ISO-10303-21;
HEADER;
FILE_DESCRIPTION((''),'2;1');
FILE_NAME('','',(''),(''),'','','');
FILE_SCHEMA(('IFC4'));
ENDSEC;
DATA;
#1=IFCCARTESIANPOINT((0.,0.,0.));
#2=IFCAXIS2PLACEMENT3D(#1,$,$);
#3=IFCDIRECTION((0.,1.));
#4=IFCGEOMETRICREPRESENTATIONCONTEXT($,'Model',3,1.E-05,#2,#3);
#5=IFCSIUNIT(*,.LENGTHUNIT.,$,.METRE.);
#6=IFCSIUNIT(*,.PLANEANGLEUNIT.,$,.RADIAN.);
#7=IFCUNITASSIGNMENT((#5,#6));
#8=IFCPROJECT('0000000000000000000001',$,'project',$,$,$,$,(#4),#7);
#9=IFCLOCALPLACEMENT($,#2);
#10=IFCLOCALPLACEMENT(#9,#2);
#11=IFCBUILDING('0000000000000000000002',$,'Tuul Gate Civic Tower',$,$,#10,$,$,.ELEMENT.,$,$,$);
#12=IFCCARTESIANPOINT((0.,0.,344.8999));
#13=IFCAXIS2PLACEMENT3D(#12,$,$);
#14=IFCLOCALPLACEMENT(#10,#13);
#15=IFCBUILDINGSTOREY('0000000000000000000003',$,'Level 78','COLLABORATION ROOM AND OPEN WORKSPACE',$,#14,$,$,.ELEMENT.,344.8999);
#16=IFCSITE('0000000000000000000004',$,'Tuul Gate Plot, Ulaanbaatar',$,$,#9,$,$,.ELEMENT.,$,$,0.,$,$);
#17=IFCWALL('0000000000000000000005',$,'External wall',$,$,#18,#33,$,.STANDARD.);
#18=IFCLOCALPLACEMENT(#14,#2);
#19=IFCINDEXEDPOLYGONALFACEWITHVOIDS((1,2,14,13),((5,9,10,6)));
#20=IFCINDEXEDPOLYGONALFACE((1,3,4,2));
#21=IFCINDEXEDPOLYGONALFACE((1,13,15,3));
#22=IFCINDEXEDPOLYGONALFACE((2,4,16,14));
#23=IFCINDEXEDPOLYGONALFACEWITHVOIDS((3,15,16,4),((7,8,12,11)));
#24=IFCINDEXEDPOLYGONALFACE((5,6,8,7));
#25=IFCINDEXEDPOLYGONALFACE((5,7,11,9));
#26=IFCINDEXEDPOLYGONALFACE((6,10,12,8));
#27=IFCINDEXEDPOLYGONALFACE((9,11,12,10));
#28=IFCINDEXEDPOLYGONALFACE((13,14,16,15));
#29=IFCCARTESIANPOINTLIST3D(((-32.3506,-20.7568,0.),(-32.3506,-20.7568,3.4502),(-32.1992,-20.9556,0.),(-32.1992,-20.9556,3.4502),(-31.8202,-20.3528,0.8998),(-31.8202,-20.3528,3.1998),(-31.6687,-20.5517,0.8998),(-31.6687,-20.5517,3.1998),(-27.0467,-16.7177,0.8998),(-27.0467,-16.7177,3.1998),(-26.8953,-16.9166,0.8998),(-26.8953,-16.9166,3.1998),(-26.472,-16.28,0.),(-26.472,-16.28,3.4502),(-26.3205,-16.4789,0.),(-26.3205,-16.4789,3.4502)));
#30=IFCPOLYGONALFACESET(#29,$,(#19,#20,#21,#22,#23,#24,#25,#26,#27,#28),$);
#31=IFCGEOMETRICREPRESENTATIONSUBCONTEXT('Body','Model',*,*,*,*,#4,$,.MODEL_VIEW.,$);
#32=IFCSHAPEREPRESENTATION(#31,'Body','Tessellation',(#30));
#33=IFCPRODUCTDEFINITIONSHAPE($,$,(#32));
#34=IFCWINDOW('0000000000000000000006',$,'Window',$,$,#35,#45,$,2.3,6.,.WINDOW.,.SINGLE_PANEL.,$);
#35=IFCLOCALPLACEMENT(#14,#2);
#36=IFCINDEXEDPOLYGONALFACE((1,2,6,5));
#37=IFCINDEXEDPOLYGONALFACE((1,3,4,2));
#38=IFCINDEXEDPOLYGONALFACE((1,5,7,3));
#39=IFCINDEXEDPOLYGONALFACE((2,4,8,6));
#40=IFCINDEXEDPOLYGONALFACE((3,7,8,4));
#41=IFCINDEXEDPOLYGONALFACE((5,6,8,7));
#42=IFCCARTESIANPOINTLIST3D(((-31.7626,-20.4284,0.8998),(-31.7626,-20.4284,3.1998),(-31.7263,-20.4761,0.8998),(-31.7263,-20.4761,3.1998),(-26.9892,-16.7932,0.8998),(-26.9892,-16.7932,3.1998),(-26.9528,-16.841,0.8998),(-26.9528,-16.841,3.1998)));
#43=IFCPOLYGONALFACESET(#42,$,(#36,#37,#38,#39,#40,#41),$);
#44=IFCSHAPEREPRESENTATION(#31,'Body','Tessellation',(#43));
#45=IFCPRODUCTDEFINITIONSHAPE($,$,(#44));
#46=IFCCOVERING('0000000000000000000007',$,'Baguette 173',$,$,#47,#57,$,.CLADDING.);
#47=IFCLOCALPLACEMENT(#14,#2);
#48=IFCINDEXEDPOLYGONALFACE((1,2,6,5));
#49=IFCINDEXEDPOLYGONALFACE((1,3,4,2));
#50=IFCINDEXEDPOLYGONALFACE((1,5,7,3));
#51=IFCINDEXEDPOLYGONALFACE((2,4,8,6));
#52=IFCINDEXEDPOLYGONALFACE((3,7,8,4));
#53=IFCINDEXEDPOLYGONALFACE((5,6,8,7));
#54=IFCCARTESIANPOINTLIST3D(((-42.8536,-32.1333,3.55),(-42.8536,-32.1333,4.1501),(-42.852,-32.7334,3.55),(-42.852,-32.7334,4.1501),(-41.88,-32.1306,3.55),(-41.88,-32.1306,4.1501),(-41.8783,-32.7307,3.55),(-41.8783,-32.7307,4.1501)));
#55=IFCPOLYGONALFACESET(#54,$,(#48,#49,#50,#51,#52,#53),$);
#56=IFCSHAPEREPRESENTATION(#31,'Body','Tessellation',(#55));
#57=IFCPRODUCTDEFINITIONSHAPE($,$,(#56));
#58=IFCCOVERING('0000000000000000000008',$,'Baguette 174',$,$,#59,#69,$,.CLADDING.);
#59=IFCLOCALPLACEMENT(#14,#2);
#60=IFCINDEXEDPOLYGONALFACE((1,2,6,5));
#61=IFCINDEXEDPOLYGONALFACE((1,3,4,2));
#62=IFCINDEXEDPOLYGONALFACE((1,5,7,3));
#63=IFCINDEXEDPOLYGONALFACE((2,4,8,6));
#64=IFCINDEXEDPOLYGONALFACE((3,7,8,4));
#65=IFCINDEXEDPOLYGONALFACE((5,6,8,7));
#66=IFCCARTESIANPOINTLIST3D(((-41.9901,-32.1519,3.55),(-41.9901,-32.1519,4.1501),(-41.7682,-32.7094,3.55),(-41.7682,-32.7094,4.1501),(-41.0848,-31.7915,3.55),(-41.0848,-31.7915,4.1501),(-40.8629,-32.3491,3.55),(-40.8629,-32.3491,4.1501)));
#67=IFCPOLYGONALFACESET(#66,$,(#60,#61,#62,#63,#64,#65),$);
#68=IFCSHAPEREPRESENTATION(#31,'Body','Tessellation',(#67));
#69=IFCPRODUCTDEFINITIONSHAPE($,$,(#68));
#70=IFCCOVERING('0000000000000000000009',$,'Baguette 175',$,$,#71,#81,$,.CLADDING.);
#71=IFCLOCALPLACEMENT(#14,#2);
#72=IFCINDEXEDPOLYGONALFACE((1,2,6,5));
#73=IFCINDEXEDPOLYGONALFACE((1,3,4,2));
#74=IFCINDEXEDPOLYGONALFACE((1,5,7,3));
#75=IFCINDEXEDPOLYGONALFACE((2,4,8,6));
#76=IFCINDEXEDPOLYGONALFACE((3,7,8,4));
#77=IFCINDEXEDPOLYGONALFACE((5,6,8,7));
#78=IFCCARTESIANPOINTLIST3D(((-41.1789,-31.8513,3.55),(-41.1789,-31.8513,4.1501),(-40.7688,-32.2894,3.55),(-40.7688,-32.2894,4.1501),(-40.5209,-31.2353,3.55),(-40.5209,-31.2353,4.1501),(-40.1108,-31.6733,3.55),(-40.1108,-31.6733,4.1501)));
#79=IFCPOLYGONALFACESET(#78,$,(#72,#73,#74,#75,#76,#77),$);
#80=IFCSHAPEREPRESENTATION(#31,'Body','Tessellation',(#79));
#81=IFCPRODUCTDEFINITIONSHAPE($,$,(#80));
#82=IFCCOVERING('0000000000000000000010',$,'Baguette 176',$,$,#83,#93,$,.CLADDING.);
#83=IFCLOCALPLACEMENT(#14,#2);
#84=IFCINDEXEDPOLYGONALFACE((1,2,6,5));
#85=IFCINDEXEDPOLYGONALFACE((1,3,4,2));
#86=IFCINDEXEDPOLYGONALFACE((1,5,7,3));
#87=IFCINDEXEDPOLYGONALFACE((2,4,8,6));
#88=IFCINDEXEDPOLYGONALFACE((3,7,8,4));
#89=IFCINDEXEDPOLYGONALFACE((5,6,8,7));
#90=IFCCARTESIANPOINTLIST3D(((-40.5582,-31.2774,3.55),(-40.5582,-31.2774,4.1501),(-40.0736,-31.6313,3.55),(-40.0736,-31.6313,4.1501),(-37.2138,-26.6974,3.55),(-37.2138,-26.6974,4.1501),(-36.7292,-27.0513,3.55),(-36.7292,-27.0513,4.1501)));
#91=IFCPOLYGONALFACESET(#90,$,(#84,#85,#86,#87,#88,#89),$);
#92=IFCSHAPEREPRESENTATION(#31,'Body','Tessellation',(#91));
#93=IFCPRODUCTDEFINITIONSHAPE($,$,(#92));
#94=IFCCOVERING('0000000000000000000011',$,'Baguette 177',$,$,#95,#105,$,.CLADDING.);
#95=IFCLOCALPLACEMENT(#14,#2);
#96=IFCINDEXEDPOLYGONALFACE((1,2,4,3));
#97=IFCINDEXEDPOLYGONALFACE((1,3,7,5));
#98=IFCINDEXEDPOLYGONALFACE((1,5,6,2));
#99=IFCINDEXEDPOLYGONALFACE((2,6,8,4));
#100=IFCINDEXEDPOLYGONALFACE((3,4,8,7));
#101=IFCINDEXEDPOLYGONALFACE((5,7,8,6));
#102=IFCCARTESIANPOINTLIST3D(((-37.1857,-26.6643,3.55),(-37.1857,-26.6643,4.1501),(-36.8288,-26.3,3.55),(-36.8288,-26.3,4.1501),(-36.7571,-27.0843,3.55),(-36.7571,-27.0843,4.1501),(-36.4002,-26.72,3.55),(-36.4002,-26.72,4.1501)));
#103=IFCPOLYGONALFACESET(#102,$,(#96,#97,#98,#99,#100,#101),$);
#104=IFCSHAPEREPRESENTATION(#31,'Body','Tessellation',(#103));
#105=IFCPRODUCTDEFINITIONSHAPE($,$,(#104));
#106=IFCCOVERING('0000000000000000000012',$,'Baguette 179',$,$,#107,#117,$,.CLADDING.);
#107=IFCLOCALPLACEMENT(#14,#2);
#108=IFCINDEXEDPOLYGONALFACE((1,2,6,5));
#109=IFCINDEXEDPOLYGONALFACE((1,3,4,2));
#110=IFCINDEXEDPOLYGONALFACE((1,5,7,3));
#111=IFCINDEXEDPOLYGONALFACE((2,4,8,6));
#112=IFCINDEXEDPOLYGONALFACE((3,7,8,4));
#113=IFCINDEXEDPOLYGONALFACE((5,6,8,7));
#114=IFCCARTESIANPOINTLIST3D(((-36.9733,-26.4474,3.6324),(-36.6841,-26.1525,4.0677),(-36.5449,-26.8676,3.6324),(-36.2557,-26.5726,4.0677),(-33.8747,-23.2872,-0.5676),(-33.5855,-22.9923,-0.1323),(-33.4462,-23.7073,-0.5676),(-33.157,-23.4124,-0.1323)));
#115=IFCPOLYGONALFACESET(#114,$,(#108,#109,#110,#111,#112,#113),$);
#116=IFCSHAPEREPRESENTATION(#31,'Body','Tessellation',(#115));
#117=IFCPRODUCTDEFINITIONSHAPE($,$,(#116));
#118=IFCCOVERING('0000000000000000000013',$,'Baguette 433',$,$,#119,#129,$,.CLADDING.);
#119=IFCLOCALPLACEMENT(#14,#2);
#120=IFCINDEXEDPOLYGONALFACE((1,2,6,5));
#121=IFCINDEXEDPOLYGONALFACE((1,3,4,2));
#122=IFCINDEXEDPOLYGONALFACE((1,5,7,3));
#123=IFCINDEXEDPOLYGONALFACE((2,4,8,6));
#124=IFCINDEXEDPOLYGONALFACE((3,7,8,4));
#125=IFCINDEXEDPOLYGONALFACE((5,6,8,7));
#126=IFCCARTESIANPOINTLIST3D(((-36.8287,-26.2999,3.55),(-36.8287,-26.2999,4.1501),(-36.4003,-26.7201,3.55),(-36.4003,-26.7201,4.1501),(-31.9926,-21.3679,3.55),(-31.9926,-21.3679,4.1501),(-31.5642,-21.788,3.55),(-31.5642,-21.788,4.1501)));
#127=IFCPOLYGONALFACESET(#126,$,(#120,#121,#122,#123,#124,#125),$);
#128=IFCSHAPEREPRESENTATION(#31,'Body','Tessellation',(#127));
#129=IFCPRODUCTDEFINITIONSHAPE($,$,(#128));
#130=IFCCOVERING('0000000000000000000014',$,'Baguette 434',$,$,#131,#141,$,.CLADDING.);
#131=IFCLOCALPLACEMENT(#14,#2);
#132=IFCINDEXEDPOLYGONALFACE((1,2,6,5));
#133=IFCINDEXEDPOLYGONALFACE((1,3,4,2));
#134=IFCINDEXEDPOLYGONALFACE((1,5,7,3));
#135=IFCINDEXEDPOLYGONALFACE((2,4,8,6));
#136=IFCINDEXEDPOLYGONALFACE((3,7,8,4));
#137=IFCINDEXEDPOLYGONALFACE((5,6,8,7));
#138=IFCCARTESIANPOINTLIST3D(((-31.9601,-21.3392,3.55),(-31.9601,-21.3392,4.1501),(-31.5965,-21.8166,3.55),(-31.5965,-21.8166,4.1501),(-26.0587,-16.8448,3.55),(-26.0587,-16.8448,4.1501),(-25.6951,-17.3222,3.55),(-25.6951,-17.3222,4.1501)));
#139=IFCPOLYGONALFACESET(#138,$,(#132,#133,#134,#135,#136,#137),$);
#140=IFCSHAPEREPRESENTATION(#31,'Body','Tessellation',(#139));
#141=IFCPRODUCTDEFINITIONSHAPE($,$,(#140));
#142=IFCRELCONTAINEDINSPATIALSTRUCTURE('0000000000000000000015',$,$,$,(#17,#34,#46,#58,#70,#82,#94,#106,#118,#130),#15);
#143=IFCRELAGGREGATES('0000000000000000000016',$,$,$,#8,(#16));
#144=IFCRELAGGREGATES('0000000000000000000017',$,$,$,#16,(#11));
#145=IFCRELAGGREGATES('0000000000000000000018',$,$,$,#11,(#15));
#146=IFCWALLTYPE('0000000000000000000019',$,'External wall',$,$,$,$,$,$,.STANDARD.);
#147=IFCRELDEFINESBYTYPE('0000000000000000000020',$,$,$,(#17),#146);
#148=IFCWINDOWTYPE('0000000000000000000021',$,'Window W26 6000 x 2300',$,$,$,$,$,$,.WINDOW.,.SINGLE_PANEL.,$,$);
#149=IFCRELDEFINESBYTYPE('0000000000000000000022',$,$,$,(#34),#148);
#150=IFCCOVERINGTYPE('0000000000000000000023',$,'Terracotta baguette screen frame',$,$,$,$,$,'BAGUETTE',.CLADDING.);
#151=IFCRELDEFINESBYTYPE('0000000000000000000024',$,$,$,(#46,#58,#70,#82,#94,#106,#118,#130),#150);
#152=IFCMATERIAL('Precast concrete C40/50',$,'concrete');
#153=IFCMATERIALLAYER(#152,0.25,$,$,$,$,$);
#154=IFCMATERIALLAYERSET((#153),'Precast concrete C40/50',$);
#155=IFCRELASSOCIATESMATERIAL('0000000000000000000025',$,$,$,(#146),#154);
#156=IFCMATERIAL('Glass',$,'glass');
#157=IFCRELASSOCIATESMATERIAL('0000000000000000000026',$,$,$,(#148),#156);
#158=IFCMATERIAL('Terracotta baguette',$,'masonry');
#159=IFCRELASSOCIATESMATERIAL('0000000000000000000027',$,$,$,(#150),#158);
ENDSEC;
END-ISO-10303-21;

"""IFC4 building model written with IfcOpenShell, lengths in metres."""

from ifc_helpers import new_model, si_unit, direction, frame, frame_2d, origin, origin_2d, place, context, subcontext, project, spatial, rectangle, extrude, material, layer, layer_set, material_profile, profile_set, type_object, element, fill, save


model = new_model("IFC4")

# Units and contexts
model_context = context("Model", 3, precision=1e-05, world=origin(), true_north=direction((0.0, 1.0)))
body_context = subcontext(model_context, "Body", "Model", "MODEL_VIEW")
ifc_project = project(units=[si_unit("LENGTHUNIT", "METRE"), si_unit("PLANEANGLEUNIT", "RADIAN")], contexts=[model_context])

# Site, building, storey
site_placement = place(None, origin())
site = spatial("IfcSite", under=ifc_project, at=site_placement, Name="Tuul Gate Plot, Ulaanbaatar", CompositionType="ELEMENT", RefElevation=0.0)
building_placement = place(site_placement, origin())
building = spatial("IfcBuilding", under=site, at=building_placement, Name="Tuul Gate Civic Tower", CompositionType="ELEMENT")
storey_placement = place(building_placement, frame((0.0, 0.0, 344.8999)))
storey = spatial("IfcBuildingStorey", under=building, at=storey_placement, Name="Level 78", Description="COLLABORATION ROOM AND OPEN WORKSPACE", CompositionType="ELEMENT", Elevation=344.8999)

# Wall, opening, window
ifc_material_1 = material(Name="Precast concrete C40/50", Category="concrete")
ifc_layer_1 = layer(ifc_material_1, 0.25)
ifc_layer_set_1 = layer_set([ifc_layer_1], Name="Precast concrete C40/50")
wall_type_1 = type_object("IfcWallType", Name="External wall", PredefinedType="STANDARD", material=ifc_layer_set_1)
ifc_material_2 = material(Name="Glass", Category="glass")
window_type_1 = type_object("IfcWindowType", Name="Window W26 6000 x 2300", PartitioningType="SINGLE_PANEL", PredefinedType="WINDOW", material=ifc_material_2)
wall_1_placement = place(storey_placement, frame((-32.2749, -20.8562, 0.0), z_axis=(0.0, 0.0, 1.0), x_axis=(0.795574, 0.605857, 0.0)))
wall_1 = element("IfcWall", 1, at=wall_1_placement, inside=storey, type_object=wall_type_1, Name="External wall", PredefinedType="STANDARD", context=body_context, shape_type="SweptSolid", body=[
    extrude(rectangle(XDim=7.3892, YDim=0.25, at=frame_2d((3.6946, 0.0))), origin(), (0.0, 0.0, 1.0), 3.4502),
])
opening_1_placement = place(wall_1_placement, frame((0.6667, 0.0, 0.8999)))
opening_1 = element("IfcOpeningElement", 2, at=opening_1_placement, cuts=wall_1, PredefinedType="OPENING", context=body_context, shape_type="SweptSolid", body=[
    extrude(rectangle(XDim=6.0, YDim=2.3, at=frame_2d((3.0, 1.1499))), frame((0.0, 0.135, 0.0), z_axis=(0.0, -1.0, 0.0), x_axis=(1.0, 0.0, 0.0)), (0.0, 0.0, 1.0), 0.27),
])
window_1_placement = place(opening_1_placement, origin())
window_1 = element("IfcWindow", 3, at=window_1_placement, inside=storey, type_object=window_type_1, Name="Window", OverallHeight=2.3, OverallWidth=6.0, PartitioningType="SINGLE_PANEL", PredefinedType="WINDOW", context=body_context, shape_type="SweptSolid", body=[
    extrude(rectangle(XDim=6.0, YDim=2.3, at=frame_2d((3.0, 1.1499))), frame((0.0, 0.03, 0.0), z_axis=(0.0, -1.0, 0.0), x_axis=(1.0, 0.0, 0.0)), (0.0, 0.0, 1.0), 0.0601),
])
fill(opening_1, window_1)

# Coverings
ifc_material_3 = material(Name="Terracotta baguette", Category="masonry")
ifc_material_profile_1 = material_profile(ifc_material_3, rectangle(XDim=0.6001, YDim=0.6001, at=origin_2d()), Name="Terracotta baguette screen frame")
ifc_profile_set_1 = profile_set([ifc_material_profile_1], Name="Terracotta baguette")
covering_type = type_object("IfcCoveringType", Name="Terracotta baguette screen frame", ElementType="BAGUETTE", PredefinedType="CLADDING", material=ifc_profile_set_1)
covering_1_placement = place(storey_placement, frame((-42.8528, -32.4333, 3.8501), z_axis=(0.999996, 0.002758, 0.0), x_axis=(-0.002758, 0.999996, 0.0)))
element("IfcCovering", 4, at=covering_1_placement, inside=storey, type_object=covering_type, Name="Baguette 173", PredefinedType="CLADDING", context=body_context, shape_type="SweptSolid", body=[
    extrude(rectangle(XDim=0.6001, YDim=0.6001, at=origin_2d()), origin(), (0.0, 0.0, 1.0), 0.9736),
])
covering_2_placement = place(storey_placement, frame((-41.8792, -32.4307, 3.8501), z_axis=(0.929097, 0.369835, 0.0), x_axis=(-0.369835, 0.929097, 0.0)))
element("IfcCovering", 5, at=covering_2_placement, inside=storey, type_object=covering_type, Name="Baguette 174", PredefinedType="CLADDING", context=body_context, shape_type="SweptSolid", body=[
    extrude(rectangle(XDim=0.6001, YDim=0.6001, at=origin_2d()), origin(), (0.0, 0.0, 1.0), 0.9744),
])
covering_3_placement = place(storey_placement, frame((-40.9739, -32.0703, 3.8501), z_axis=(0.730019, 0.683427, 0.0), x_axis=(-0.683427, 0.730019, 0.0)))
element("IfcCovering", 6, at=covering_3_placement, inside=storey, type_object=covering_type, Name="Baguette 175", PredefinedType="CLADDING", context=body_context, shape_type="SweptSolid", body=[
    extrude(rectangle(XDim=0.6001, YDim=0.6001, at=origin_2d()), origin(), (0.0, 0.0, 1.0), 0.9014),
])
covering_4_placement = place(storey_placement, frame((-40.3159, -31.4543, 3.8501), z_axis=(0.589729, 0.807601, 0.0), x_axis=(-0.807601, 0.589729, 0.0)))
element("IfcCovering", 7, at=covering_4_placement, inside=storey, type_object=covering_type, Name="Baguette 176", PredefinedType="CLADDING", context=body_context, shape_type="SweptSolid", body=[
    extrude(rectangle(XDim=0.6001, YDim=0.6001, at=origin_2d()), origin(), (0.0, 0.0, 1.0), 5.6711),
])
covering_5_placement = place(storey_placement, frame((-36.9714, -26.8743, 3.8501), z_axis=(0.69989, 0.714251, 0.0), x_axis=(-0.714251, 0.69989, 0.0)))
element("IfcCovering", 8, at=covering_5_placement, inside=storey, type_object=covering_type, Name="Baguette 177", PredefinedType="CLADDING", context=body_context, shape_type="SweptSolid", body=[
    extrude(rectangle(XDim=0.6001, YDim=0.6001, at=origin_2d()), origin(), (0.0, 0.0, 1.0), 0.51),
])
covering_6_placement = place(storey_placement, frame((-36.6145, -26.51, 3.8501), z_axis=(0.507852, 0.517935, -0.688353), x_axis=(-0.714023, 0.700122, 0.0)))
element("IfcCovering", 9, at=covering_6_placement, inside=storey, type_object=covering_type, Name="Baguette 179", PredefinedType="CLADDING", context=body_context, shape_type="SweptSolid", body=[
    extrude(rectangle(XDim=0.6001, YDim=0.6001, at=origin_2d()), origin(), (0.0, 0.0, 1.0), 6.1016),
])
covering_7_placement = place(storey_placement, frame((-36.6145, -26.51, 3.8501), z_axis=(0.700128, 0.714018, 0.0), x_axis=(-0.714018, 0.700128, 0.0)))
element("IfcCovering", 10, at=covering_7_placement, inside=storey, type_object=covering_type, Name="Baguette 433", PredefinedType="CLADDING", context=body_context, shape_type="SweptSolid", body=[
    extrude(rectangle(XDim=0.6001, YDim=0.6001, at=origin_2d()), origin(), (0.0, 0.0, 1.0), 6.9075),
])
covering_8_placement = place(storey_placement, frame((-31.7783, -21.5779, 3.8501), z_axis=(0.795555, 0.605882, 0.0), x_axis=(-0.605882, 0.795555, 0.0)))
element("IfcCovering", 11, at=covering_8_placement, inside=storey, type_object=covering_type, Name="Baguette 434", PredefinedType="CLADDING", context=body_context, shape_type="SweptSolid", body=[
    extrude(rectangle(XDim=0.6001, YDim=0.6001, at=origin_2d()), origin(), (0.0, 0.0, 1.0), 7.418),
])

save(model, "model.ifc")
